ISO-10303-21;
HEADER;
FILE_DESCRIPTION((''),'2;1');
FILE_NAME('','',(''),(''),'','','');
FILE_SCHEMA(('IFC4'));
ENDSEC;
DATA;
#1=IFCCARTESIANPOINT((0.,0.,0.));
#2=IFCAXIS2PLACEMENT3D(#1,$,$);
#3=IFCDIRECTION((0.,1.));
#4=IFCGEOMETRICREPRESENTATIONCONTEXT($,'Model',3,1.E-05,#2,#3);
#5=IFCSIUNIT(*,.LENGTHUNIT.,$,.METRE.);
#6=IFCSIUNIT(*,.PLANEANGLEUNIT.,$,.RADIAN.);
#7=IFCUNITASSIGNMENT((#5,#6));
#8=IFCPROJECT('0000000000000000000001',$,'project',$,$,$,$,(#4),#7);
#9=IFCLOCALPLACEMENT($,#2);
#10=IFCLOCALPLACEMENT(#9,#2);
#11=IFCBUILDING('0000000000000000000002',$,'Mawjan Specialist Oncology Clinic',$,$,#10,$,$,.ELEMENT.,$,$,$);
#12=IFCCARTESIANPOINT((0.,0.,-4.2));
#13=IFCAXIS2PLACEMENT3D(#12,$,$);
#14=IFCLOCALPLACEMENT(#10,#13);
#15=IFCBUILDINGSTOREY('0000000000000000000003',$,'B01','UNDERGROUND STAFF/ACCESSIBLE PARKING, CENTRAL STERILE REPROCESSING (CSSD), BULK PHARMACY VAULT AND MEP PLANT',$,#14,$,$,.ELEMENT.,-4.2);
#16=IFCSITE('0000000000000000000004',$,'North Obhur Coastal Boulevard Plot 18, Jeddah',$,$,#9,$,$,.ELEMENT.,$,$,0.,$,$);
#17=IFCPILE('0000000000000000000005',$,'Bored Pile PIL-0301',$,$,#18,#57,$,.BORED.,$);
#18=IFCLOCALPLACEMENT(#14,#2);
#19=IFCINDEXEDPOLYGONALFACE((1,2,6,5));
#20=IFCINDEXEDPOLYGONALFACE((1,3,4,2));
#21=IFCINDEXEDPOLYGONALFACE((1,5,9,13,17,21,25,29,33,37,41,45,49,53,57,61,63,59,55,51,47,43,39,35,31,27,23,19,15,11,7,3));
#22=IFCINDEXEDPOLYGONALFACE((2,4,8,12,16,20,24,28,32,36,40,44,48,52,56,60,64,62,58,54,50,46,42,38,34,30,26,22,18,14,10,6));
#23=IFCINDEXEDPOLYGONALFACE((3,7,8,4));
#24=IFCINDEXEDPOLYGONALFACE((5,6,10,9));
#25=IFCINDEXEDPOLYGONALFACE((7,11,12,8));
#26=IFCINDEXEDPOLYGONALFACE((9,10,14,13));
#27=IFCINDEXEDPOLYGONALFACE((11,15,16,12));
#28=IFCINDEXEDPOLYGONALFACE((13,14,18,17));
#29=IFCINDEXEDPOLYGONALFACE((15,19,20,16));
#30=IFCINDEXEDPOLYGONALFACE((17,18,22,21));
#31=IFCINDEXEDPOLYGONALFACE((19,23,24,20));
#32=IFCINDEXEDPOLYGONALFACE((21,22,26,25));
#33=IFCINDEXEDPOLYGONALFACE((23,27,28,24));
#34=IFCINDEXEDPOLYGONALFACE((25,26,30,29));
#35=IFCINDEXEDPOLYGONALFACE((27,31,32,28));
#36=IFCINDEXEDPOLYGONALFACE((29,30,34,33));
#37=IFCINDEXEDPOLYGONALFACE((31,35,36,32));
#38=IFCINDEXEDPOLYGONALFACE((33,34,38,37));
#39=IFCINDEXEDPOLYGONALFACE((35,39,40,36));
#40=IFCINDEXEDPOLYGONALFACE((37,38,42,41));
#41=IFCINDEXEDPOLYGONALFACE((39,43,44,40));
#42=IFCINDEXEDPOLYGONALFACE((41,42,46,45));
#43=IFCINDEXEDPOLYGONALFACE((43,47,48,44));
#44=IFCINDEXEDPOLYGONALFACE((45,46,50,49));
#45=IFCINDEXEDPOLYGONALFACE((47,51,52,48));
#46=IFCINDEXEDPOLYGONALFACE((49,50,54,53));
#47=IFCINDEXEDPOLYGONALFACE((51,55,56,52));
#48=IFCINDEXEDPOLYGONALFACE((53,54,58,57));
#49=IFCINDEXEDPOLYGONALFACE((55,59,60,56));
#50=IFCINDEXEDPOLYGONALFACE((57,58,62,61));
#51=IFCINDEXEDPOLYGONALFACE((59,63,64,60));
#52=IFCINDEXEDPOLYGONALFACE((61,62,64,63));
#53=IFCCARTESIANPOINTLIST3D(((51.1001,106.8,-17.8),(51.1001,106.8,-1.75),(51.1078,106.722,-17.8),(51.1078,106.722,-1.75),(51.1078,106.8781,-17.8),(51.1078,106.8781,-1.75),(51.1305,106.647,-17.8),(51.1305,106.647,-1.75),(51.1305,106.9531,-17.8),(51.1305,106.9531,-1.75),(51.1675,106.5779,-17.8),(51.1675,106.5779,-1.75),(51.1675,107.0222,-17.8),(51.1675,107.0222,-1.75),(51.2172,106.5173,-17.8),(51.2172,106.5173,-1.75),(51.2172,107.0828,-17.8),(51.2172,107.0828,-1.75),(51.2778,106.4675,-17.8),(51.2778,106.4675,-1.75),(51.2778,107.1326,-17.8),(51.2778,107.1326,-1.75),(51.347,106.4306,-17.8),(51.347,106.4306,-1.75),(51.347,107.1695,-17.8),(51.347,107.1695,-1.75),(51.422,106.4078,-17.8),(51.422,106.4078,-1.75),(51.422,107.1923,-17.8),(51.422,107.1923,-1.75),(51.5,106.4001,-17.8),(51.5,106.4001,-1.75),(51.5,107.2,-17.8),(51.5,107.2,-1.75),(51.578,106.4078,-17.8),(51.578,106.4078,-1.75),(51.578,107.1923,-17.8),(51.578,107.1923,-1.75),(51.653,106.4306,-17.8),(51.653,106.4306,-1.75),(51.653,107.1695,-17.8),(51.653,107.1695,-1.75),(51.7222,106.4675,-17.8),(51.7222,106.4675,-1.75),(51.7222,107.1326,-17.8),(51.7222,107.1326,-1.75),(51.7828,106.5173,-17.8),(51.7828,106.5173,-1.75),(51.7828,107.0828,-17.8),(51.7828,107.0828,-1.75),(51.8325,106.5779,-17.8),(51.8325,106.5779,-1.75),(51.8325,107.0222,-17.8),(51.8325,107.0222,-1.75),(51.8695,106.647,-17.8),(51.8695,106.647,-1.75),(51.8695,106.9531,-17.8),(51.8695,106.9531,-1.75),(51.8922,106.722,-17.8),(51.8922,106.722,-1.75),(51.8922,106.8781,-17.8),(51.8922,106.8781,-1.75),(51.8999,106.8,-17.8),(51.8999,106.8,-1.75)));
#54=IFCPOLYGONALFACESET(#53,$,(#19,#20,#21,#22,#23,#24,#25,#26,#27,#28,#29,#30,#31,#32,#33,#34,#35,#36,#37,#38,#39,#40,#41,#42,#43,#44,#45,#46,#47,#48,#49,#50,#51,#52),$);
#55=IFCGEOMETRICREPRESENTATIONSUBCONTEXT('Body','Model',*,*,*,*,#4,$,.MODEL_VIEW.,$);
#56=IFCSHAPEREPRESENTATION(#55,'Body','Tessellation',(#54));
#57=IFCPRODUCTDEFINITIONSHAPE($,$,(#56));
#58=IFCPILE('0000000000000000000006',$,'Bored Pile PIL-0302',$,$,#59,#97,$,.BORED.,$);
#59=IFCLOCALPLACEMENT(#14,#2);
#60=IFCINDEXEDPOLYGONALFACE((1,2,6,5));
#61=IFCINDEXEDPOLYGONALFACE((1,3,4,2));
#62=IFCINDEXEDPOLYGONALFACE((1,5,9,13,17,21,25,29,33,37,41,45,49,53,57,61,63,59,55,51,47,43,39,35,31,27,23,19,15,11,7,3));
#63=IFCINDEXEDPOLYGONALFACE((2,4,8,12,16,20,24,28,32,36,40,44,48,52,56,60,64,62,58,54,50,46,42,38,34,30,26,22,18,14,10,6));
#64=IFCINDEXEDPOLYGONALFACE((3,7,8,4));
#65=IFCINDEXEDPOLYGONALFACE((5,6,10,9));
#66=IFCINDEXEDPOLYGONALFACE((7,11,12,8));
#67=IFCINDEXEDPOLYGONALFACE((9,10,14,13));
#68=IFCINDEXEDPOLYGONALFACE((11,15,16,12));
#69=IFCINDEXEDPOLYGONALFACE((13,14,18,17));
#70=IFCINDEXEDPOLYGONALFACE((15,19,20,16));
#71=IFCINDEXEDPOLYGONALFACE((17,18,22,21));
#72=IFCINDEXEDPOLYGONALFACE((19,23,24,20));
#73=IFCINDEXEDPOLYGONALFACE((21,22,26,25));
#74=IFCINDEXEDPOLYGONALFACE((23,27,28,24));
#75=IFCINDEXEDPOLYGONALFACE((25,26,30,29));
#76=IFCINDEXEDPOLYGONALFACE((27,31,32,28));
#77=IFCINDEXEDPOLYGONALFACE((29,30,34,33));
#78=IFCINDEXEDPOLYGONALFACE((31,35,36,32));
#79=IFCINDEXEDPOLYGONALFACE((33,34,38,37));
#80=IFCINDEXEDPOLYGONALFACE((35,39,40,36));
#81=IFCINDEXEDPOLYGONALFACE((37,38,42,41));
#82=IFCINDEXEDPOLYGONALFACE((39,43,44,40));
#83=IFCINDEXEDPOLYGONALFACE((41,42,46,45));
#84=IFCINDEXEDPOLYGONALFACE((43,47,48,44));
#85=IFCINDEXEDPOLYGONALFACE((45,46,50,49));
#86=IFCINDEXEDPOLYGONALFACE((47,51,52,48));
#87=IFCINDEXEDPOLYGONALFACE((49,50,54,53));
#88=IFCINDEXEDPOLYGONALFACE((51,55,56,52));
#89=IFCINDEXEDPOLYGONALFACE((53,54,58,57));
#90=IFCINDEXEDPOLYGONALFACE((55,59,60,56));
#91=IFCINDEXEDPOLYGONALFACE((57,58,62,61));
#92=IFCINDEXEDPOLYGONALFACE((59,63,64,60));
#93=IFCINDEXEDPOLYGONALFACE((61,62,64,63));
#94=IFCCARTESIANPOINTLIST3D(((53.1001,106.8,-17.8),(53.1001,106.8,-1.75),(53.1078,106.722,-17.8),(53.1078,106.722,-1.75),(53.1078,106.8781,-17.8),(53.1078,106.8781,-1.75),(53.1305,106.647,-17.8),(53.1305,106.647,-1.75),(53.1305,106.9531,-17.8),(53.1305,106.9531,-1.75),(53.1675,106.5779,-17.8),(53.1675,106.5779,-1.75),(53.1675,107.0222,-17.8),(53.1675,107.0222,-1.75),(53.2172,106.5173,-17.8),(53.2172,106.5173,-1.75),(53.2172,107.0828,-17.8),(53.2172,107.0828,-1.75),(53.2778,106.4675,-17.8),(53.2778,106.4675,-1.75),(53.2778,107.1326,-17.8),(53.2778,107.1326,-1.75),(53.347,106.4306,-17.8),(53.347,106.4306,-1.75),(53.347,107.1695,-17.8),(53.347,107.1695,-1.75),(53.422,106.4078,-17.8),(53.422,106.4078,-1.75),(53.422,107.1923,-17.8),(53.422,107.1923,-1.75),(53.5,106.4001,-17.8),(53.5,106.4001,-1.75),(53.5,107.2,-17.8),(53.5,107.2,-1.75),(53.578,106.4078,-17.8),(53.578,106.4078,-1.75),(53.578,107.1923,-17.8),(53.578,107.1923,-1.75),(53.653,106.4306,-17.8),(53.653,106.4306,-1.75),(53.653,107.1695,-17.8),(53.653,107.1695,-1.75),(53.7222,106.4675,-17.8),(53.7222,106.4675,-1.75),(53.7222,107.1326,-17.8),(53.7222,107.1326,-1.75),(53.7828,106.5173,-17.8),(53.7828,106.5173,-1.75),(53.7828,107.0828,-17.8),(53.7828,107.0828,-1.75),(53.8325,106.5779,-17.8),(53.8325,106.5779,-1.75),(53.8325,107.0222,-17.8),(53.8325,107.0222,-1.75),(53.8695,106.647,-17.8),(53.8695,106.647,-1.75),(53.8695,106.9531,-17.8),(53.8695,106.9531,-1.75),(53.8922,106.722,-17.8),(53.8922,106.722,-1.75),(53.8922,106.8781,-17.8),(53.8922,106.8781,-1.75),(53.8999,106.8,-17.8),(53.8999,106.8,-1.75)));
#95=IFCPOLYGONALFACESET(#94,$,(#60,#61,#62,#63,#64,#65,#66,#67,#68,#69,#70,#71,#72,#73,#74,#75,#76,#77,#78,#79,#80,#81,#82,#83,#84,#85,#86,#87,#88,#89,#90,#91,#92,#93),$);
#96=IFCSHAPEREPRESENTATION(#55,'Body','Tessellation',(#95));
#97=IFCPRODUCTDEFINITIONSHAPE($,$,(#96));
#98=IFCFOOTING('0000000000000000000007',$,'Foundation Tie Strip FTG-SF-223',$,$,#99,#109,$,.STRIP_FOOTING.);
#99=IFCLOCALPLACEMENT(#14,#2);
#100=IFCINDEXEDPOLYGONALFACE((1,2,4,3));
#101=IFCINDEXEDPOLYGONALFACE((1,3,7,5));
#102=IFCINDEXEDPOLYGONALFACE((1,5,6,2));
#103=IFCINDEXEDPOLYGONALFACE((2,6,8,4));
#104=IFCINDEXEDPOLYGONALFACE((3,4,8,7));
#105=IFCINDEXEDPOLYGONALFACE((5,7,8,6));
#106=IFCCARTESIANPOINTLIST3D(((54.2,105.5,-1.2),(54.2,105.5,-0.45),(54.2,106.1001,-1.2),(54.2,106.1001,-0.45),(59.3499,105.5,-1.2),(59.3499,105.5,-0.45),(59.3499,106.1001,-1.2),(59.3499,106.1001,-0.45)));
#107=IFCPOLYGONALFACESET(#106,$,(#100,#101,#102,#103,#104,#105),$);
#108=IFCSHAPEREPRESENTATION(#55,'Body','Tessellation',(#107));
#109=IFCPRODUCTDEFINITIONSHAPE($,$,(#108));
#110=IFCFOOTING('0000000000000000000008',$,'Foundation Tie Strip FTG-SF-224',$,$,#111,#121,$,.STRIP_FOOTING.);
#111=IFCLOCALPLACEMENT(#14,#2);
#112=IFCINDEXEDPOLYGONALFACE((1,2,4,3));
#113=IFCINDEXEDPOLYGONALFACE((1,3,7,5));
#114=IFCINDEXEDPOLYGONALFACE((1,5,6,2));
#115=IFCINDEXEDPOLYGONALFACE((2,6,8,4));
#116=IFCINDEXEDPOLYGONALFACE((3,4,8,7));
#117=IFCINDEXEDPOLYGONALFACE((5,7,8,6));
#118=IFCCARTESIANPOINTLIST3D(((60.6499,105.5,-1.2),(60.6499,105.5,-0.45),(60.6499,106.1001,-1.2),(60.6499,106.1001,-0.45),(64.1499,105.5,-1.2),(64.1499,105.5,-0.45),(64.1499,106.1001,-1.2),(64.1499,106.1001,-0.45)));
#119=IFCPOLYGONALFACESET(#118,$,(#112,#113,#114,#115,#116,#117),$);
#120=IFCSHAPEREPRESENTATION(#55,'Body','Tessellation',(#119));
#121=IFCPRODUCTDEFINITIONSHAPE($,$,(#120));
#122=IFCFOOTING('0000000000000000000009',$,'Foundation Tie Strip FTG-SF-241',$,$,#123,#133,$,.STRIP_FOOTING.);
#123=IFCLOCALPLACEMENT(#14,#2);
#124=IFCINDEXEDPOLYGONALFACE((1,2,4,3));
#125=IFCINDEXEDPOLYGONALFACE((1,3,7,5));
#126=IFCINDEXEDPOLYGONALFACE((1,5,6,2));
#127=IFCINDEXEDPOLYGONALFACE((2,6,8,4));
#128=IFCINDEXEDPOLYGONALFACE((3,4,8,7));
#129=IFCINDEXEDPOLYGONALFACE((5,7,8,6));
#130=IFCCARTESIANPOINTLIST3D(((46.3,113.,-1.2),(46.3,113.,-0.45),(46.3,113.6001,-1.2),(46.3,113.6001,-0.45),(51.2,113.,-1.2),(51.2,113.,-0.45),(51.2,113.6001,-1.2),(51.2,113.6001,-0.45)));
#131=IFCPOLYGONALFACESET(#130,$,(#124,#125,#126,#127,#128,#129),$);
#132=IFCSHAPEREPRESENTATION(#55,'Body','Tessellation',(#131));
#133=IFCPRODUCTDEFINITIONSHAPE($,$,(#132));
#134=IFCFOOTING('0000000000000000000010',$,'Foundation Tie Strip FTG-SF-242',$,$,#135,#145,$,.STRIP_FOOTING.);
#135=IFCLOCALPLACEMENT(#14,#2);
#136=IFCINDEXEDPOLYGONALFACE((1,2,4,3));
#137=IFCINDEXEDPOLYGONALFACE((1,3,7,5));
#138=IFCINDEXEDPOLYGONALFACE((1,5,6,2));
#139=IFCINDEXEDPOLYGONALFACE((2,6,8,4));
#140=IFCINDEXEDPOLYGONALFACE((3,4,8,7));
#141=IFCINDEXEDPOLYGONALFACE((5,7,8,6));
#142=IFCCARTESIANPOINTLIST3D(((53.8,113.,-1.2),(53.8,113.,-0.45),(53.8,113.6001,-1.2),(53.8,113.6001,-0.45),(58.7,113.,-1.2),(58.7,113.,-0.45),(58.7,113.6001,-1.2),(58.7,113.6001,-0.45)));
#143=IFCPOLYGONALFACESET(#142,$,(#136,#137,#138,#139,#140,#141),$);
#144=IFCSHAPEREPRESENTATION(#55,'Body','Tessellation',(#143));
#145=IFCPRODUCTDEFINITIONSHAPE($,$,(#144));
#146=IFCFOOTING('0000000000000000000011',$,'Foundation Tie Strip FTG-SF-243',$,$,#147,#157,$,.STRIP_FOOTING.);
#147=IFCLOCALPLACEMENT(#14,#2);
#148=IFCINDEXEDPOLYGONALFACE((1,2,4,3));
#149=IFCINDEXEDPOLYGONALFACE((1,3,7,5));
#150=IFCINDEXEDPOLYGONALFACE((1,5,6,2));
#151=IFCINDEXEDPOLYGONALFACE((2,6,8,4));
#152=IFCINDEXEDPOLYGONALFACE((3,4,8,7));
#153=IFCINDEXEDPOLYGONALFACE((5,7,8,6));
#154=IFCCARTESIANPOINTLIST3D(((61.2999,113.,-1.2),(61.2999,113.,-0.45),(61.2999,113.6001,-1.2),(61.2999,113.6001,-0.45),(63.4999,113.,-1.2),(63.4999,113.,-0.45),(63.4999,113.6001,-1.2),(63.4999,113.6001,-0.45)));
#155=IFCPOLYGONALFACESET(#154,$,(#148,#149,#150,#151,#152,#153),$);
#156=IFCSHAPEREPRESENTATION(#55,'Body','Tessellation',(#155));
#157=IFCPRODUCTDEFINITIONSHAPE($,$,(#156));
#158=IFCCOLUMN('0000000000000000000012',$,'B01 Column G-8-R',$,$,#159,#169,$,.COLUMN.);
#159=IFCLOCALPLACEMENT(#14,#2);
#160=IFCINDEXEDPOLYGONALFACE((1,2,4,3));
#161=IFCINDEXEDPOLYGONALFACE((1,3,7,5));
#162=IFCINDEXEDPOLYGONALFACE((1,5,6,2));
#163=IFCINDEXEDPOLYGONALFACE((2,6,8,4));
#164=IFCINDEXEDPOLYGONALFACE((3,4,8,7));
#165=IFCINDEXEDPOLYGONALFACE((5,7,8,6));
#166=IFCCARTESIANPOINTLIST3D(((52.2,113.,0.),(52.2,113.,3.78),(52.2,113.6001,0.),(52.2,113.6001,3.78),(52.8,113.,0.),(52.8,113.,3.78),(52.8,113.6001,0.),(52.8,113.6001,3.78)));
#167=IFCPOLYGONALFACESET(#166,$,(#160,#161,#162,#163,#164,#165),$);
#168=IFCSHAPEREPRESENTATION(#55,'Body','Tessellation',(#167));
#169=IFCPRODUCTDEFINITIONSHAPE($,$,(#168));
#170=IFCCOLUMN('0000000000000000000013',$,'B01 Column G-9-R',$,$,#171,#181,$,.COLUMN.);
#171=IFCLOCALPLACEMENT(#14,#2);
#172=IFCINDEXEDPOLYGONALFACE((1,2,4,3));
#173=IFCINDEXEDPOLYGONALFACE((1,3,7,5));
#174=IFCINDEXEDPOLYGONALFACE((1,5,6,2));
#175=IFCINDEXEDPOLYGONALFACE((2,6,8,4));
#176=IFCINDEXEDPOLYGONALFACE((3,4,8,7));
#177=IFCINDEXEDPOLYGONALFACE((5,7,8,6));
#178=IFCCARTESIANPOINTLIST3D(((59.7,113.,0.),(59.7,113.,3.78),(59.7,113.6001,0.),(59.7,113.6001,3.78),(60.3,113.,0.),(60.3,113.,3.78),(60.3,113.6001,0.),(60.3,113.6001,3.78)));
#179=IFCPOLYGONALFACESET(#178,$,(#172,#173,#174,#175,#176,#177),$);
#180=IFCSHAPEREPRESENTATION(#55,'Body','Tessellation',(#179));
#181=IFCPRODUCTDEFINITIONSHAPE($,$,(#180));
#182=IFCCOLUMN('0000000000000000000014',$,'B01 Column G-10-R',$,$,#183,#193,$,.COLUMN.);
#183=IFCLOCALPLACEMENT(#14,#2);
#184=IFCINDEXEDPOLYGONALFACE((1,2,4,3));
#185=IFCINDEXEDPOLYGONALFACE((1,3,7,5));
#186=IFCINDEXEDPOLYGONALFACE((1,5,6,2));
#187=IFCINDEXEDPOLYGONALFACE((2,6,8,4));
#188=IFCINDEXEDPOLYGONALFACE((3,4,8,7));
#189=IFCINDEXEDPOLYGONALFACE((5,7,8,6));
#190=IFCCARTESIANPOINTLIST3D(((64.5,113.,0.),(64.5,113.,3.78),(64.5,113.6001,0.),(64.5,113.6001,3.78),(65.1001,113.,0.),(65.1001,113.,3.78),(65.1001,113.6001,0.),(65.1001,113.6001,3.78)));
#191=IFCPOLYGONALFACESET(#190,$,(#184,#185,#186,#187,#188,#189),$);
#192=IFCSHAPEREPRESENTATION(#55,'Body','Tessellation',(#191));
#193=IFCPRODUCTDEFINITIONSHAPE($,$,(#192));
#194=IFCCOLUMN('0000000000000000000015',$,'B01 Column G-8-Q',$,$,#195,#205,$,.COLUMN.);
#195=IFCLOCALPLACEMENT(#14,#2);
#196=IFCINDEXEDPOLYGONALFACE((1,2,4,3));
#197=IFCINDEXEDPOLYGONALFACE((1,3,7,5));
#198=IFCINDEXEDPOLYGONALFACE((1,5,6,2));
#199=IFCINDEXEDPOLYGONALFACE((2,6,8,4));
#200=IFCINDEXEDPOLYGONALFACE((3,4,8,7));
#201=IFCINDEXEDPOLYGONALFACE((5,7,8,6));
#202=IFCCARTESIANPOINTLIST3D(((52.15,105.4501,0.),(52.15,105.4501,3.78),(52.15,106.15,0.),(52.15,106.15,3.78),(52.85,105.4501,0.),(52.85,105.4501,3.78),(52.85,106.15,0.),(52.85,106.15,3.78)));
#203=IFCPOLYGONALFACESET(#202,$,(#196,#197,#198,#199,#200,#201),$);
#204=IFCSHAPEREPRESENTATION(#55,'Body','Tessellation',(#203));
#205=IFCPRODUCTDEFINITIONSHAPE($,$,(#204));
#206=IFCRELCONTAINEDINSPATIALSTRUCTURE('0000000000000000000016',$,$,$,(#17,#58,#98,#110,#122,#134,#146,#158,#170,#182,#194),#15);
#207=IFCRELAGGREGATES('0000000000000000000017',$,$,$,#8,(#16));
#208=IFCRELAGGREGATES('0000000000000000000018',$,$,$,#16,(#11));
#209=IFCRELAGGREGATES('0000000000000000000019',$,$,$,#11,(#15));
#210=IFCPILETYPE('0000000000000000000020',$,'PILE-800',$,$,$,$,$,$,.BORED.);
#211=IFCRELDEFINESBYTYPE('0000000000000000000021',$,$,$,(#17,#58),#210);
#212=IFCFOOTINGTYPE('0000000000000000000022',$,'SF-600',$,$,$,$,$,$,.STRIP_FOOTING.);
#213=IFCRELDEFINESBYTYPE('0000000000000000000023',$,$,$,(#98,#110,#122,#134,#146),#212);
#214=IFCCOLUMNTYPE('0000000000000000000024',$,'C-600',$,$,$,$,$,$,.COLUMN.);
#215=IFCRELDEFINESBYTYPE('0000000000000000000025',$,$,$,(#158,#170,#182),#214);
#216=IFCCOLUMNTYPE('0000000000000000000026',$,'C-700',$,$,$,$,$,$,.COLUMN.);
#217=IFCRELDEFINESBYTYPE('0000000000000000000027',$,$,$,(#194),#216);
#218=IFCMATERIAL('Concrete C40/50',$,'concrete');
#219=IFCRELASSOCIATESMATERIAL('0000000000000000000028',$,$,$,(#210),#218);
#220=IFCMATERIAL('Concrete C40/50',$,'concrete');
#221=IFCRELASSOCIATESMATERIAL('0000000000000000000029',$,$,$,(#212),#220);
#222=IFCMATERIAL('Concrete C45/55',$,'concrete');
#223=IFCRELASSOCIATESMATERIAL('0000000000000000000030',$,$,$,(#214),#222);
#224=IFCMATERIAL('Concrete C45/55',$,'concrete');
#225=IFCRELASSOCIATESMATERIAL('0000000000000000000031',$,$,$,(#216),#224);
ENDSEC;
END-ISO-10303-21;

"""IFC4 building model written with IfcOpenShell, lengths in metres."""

from ifc_helpers import new_model, si_unit, direction, frame, origin, origin_2d, place, context, subcontext, project, spatial, rectangle, circle, extrude, material, material_profile, profile_set, type_object, element, save


model = new_model("IFC4")

# Units and contexts
model_context = context("Model", 3, precision=1e-05, world=origin(), true_north=direction((0.0, 1.0)))
body_context = subcontext(model_context, "Body", "Model", "MODEL_VIEW")
ifc_project = project(units=[si_unit("LENGTHUNIT", "METRE"), si_unit("PLANEANGLEUNIT", "RADIAN")], contexts=[model_context])

# Site, building, storey
site_placement = place(None, origin())
site = spatial("IfcSite", under=ifc_project, at=site_placement, Name="North Obhur Coastal Boulevard Plot 18, Jeddah", CompositionType="ELEMENT", RefElevation=0.0)
building_placement = place(site_placement, origin())
building = spatial("IfcBuilding", under=site, at=building_placement, Name="Mawjan Specialist Oncology Clinic", CompositionType="ELEMENT")
storey_placement = place(building_placement, frame((0.0, 0.0, -4.2)))
storey = spatial("IfcBuildingStorey", under=building, at=storey_placement, Name="B01", Description="UNDERGROUND STAFF/ACCESSIBLE PARKING, CENTRAL STERILE REPROCESSING (CSSD), BULK PHARMACY VAULT AND MEP PLANT", CompositionType="ELEMENT", Elevation=-4.2)

# Piles
ifc_material_1 = material(Name="Concrete C40/50", Category="concrete")
ifc_material_profile_1 = material_profile(ifc_material_1, circle(Radius=0.3999, at=origin_2d()), Name="BORED PILE D800", Category="concrete")
ifc_profile_set_1 = profile_set([ifc_material_profile_1], Name="Concrete C40/50")
pile_type_1 = type_object("IfcPileType", Name="PILE-800", PredefinedType="BORED", material=ifc_profile_set_1)
for number, where, z_axis, x_axis, name in (
    (1, (51.5, 106.8, -1.75), (0.0, 0.0, -1.0), (1.0, 0.0, 0.0), "Bored Pile PIL-0301"),
    (2, (53.5, 106.8, -1.75), (0.0, 0.0, -1.0), (1.0, 0.0, 0.0), "Bored Pile PIL-0302"),
):
    element("IfcPile", number, at=place(storey_placement, frame(where, z_axis=z_axis, x_axis=x_axis)), inside=storey, type_object=pile_type_1, Name=name, PredefinedType="BORED", context=body_context, shape_type="SweptSolid", body=[
        extrude(circle(Radius=0.3999, at=origin_2d()), origin(), (0.0, 0.0, 1.0), 16.05),
    ])

# Footings
ifc_material_2 = material(Name="Concrete C40/50", Category="concrete")
footing_type_1 = type_object("IfcFootingType", Name="SF-600", PredefinedType="STRIP_FOOTING", material=ifc_material_2)
footing_1_placement = place(storey_placement, frame((56.7749, 105.8, -1.2), z_axis=(0.0, 0.0, 1.0), x_axis=(1.0, 0.0, 0.0)))
element("IfcFooting", 3, at=footing_1_placement, inside=storey, type_object=footing_type_1, Name="Foundation Tie Strip FTG-SF-223", PredefinedType="STRIP_FOOTING", context=body_context, shape_type="SweptSolid", body=[
    extrude(rectangle(XDim=5.1499, YDim=0.6001, at=origin_2d()), origin(), (0.0, 0.0, 1.0), 0.75),
])
footing_2_placement = place(storey_placement, frame((62.3999, 105.8, -1.2), z_axis=(0.0, 0.0, 1.0), x_axis=(1.0, 0.0, 0.0)))
element("IfcFooting", 4, at=footing_2_placement, inside=storey, type_object=footing_type_1, Name="Foundation Tie Strip FTG-SF-224", PredefinedType="STRIP_FOOTING", context=body_context, shape_type="SweptSolid", body=[
    extrude(rectangle(XDim=3.5, YDim=0.6001, at=origin_2d()), origin(), (0.0, 0.0, 1.0), 0.75),
])
for number, where, z_axis, x_axis, name in (
    (5, (48.75, 113.3, -1.2), (0.0, 0.0, 1.0), (1.0, 0.0, 0.0), "Foundation Tie Strip FTG-SF-241"),
    (6, (56.25, 113.3, -1.2), (0.0, 0.0, 1.0), (1.0, 0.0, 0.0), "Foundation Tie Strip FTG-SF-242"),
):
    element("IfcFooting", number, at=place(storey_placement, frame(where, z_axis=z_axis, x_axis=x_axis)), inside=storey, type_object=footing_type_1, Name=name, PredefinedType="STRIP_FOOTING", context=body_context, shape_type="SweptSolid", body=[
        extrude(rectangle(XDim=4.8999, YDim=0.6001, at=origin_2d()), origin(), (0.0, 0.0, 1.0), 0.75),
    ])
footing_3_placement = place(storey_placement, frame((62.3999, 113.3, -1.2), z_axis=(0.0, 0.0, 1.0), x_axis=(1.0, 0.0, 0.0)))
element("IfcFooting", 7, at=footing_3_placement, inside=storey, type_object=footing_type_1, Name="Foundation Tie Strip FTG-SF-243", PredefinedType="STRIP_FOOTING", context=body_context, shape_type="SweptSolid", body=[
    extrude(rectangle(XDim=2.2, YDim=0.6001, at=origin_2d()), origin(), (0.0, 0.0, 1.0), 0.75),
])

# Columns
ifc_material_3 = material(Name="Concrete C45/55", Category="concrete")
ifc_material_profile_2 = material_profile(ifc_material_3, rectangle(XDim=0.6001, YDim=0.6001, at=origin_2d()), Name="RC COL 600x600", Category="concrete")
ifc_profile_set_2 = profile_set([ifc_material_profile_2], Name="Concrete C45/55")
column_type_1 = type_object("IfcColumnType", Name="C-600", PredefinedType="COLUMN", material=ifc_profile_set_2)
for number, where, z_axis, x_axis, name in (
    (8, (52.5, 113.3, 0.0), (0.0, 0.0, 1.0), (1.0, 0.0, 0.0), "B01 Column G-8-R"),
    (9, (60.0, 113.3, 0.0), (0.0, 0.0, 1.0), (1.0, 0.0, 0.0), "B01 Column G-9-R"),
    (10, (64.8, 113.3, 0.0), (0.0, 0.0, 1.0), (1.0, 0.0, 0.0), "B01 Column G-10-R"),
):
    element("IfcColumn", number, at=place(storey_placement, frame(where, z_axis=z_axis, x_axis=x_axis)), inside=storey, type_object=column_type_1, Name=name, PredefinedType="COLUMN", context=body_context, shape_type="SweptSolid", body=[
        extrude(rectangle(XDim=0.6001, YDim=0.6001, at=origin_2d()), origin(), (0.0, 0.0, 1.0), 3.78),
    ])
ifc_material_4 = material(Name="Concrete C45/55", Category="concrete")
ifc_material_profile_3 = material_profile(ifc_material_4, rectangle(XDim=0.7, YDim=0.7, at=origin_2d()), Name="RC COL 700x700", Category="concrete")
ifc_profile_set_3 = profile_set([ifc_material_profile_3], Name="Concrete C45/55")
column_type_2 = type_object("IfcColumnType", Name="C-700", PredefinedType="COLUMN", material=ifc_profile_set_3)
for number, where, z_axis, x_axis, name in (
    (11, (52.5, 105.8, 0.0), (0.0, 0.0, 1.0), (1.0, 0.0, 0.0), "B01 Column G-8-Q"),
):
    element("IfcColumn", number, at=place(storey_placement, frame(where, z_axis=z_axis, x_axis=x_axis)), inside=storey, type_object=column_type_2, Name=name, PredefinedType="COLUMN", context=body_context, shape_type="SweptSolid", body=[
        extrude(rectangle(XDim=0.7, YDim=0.7, at=origin_2d()), origin(), (0.0, 0.0, 1.0), 3.78),
    ])

save(model, "model.ifc")
